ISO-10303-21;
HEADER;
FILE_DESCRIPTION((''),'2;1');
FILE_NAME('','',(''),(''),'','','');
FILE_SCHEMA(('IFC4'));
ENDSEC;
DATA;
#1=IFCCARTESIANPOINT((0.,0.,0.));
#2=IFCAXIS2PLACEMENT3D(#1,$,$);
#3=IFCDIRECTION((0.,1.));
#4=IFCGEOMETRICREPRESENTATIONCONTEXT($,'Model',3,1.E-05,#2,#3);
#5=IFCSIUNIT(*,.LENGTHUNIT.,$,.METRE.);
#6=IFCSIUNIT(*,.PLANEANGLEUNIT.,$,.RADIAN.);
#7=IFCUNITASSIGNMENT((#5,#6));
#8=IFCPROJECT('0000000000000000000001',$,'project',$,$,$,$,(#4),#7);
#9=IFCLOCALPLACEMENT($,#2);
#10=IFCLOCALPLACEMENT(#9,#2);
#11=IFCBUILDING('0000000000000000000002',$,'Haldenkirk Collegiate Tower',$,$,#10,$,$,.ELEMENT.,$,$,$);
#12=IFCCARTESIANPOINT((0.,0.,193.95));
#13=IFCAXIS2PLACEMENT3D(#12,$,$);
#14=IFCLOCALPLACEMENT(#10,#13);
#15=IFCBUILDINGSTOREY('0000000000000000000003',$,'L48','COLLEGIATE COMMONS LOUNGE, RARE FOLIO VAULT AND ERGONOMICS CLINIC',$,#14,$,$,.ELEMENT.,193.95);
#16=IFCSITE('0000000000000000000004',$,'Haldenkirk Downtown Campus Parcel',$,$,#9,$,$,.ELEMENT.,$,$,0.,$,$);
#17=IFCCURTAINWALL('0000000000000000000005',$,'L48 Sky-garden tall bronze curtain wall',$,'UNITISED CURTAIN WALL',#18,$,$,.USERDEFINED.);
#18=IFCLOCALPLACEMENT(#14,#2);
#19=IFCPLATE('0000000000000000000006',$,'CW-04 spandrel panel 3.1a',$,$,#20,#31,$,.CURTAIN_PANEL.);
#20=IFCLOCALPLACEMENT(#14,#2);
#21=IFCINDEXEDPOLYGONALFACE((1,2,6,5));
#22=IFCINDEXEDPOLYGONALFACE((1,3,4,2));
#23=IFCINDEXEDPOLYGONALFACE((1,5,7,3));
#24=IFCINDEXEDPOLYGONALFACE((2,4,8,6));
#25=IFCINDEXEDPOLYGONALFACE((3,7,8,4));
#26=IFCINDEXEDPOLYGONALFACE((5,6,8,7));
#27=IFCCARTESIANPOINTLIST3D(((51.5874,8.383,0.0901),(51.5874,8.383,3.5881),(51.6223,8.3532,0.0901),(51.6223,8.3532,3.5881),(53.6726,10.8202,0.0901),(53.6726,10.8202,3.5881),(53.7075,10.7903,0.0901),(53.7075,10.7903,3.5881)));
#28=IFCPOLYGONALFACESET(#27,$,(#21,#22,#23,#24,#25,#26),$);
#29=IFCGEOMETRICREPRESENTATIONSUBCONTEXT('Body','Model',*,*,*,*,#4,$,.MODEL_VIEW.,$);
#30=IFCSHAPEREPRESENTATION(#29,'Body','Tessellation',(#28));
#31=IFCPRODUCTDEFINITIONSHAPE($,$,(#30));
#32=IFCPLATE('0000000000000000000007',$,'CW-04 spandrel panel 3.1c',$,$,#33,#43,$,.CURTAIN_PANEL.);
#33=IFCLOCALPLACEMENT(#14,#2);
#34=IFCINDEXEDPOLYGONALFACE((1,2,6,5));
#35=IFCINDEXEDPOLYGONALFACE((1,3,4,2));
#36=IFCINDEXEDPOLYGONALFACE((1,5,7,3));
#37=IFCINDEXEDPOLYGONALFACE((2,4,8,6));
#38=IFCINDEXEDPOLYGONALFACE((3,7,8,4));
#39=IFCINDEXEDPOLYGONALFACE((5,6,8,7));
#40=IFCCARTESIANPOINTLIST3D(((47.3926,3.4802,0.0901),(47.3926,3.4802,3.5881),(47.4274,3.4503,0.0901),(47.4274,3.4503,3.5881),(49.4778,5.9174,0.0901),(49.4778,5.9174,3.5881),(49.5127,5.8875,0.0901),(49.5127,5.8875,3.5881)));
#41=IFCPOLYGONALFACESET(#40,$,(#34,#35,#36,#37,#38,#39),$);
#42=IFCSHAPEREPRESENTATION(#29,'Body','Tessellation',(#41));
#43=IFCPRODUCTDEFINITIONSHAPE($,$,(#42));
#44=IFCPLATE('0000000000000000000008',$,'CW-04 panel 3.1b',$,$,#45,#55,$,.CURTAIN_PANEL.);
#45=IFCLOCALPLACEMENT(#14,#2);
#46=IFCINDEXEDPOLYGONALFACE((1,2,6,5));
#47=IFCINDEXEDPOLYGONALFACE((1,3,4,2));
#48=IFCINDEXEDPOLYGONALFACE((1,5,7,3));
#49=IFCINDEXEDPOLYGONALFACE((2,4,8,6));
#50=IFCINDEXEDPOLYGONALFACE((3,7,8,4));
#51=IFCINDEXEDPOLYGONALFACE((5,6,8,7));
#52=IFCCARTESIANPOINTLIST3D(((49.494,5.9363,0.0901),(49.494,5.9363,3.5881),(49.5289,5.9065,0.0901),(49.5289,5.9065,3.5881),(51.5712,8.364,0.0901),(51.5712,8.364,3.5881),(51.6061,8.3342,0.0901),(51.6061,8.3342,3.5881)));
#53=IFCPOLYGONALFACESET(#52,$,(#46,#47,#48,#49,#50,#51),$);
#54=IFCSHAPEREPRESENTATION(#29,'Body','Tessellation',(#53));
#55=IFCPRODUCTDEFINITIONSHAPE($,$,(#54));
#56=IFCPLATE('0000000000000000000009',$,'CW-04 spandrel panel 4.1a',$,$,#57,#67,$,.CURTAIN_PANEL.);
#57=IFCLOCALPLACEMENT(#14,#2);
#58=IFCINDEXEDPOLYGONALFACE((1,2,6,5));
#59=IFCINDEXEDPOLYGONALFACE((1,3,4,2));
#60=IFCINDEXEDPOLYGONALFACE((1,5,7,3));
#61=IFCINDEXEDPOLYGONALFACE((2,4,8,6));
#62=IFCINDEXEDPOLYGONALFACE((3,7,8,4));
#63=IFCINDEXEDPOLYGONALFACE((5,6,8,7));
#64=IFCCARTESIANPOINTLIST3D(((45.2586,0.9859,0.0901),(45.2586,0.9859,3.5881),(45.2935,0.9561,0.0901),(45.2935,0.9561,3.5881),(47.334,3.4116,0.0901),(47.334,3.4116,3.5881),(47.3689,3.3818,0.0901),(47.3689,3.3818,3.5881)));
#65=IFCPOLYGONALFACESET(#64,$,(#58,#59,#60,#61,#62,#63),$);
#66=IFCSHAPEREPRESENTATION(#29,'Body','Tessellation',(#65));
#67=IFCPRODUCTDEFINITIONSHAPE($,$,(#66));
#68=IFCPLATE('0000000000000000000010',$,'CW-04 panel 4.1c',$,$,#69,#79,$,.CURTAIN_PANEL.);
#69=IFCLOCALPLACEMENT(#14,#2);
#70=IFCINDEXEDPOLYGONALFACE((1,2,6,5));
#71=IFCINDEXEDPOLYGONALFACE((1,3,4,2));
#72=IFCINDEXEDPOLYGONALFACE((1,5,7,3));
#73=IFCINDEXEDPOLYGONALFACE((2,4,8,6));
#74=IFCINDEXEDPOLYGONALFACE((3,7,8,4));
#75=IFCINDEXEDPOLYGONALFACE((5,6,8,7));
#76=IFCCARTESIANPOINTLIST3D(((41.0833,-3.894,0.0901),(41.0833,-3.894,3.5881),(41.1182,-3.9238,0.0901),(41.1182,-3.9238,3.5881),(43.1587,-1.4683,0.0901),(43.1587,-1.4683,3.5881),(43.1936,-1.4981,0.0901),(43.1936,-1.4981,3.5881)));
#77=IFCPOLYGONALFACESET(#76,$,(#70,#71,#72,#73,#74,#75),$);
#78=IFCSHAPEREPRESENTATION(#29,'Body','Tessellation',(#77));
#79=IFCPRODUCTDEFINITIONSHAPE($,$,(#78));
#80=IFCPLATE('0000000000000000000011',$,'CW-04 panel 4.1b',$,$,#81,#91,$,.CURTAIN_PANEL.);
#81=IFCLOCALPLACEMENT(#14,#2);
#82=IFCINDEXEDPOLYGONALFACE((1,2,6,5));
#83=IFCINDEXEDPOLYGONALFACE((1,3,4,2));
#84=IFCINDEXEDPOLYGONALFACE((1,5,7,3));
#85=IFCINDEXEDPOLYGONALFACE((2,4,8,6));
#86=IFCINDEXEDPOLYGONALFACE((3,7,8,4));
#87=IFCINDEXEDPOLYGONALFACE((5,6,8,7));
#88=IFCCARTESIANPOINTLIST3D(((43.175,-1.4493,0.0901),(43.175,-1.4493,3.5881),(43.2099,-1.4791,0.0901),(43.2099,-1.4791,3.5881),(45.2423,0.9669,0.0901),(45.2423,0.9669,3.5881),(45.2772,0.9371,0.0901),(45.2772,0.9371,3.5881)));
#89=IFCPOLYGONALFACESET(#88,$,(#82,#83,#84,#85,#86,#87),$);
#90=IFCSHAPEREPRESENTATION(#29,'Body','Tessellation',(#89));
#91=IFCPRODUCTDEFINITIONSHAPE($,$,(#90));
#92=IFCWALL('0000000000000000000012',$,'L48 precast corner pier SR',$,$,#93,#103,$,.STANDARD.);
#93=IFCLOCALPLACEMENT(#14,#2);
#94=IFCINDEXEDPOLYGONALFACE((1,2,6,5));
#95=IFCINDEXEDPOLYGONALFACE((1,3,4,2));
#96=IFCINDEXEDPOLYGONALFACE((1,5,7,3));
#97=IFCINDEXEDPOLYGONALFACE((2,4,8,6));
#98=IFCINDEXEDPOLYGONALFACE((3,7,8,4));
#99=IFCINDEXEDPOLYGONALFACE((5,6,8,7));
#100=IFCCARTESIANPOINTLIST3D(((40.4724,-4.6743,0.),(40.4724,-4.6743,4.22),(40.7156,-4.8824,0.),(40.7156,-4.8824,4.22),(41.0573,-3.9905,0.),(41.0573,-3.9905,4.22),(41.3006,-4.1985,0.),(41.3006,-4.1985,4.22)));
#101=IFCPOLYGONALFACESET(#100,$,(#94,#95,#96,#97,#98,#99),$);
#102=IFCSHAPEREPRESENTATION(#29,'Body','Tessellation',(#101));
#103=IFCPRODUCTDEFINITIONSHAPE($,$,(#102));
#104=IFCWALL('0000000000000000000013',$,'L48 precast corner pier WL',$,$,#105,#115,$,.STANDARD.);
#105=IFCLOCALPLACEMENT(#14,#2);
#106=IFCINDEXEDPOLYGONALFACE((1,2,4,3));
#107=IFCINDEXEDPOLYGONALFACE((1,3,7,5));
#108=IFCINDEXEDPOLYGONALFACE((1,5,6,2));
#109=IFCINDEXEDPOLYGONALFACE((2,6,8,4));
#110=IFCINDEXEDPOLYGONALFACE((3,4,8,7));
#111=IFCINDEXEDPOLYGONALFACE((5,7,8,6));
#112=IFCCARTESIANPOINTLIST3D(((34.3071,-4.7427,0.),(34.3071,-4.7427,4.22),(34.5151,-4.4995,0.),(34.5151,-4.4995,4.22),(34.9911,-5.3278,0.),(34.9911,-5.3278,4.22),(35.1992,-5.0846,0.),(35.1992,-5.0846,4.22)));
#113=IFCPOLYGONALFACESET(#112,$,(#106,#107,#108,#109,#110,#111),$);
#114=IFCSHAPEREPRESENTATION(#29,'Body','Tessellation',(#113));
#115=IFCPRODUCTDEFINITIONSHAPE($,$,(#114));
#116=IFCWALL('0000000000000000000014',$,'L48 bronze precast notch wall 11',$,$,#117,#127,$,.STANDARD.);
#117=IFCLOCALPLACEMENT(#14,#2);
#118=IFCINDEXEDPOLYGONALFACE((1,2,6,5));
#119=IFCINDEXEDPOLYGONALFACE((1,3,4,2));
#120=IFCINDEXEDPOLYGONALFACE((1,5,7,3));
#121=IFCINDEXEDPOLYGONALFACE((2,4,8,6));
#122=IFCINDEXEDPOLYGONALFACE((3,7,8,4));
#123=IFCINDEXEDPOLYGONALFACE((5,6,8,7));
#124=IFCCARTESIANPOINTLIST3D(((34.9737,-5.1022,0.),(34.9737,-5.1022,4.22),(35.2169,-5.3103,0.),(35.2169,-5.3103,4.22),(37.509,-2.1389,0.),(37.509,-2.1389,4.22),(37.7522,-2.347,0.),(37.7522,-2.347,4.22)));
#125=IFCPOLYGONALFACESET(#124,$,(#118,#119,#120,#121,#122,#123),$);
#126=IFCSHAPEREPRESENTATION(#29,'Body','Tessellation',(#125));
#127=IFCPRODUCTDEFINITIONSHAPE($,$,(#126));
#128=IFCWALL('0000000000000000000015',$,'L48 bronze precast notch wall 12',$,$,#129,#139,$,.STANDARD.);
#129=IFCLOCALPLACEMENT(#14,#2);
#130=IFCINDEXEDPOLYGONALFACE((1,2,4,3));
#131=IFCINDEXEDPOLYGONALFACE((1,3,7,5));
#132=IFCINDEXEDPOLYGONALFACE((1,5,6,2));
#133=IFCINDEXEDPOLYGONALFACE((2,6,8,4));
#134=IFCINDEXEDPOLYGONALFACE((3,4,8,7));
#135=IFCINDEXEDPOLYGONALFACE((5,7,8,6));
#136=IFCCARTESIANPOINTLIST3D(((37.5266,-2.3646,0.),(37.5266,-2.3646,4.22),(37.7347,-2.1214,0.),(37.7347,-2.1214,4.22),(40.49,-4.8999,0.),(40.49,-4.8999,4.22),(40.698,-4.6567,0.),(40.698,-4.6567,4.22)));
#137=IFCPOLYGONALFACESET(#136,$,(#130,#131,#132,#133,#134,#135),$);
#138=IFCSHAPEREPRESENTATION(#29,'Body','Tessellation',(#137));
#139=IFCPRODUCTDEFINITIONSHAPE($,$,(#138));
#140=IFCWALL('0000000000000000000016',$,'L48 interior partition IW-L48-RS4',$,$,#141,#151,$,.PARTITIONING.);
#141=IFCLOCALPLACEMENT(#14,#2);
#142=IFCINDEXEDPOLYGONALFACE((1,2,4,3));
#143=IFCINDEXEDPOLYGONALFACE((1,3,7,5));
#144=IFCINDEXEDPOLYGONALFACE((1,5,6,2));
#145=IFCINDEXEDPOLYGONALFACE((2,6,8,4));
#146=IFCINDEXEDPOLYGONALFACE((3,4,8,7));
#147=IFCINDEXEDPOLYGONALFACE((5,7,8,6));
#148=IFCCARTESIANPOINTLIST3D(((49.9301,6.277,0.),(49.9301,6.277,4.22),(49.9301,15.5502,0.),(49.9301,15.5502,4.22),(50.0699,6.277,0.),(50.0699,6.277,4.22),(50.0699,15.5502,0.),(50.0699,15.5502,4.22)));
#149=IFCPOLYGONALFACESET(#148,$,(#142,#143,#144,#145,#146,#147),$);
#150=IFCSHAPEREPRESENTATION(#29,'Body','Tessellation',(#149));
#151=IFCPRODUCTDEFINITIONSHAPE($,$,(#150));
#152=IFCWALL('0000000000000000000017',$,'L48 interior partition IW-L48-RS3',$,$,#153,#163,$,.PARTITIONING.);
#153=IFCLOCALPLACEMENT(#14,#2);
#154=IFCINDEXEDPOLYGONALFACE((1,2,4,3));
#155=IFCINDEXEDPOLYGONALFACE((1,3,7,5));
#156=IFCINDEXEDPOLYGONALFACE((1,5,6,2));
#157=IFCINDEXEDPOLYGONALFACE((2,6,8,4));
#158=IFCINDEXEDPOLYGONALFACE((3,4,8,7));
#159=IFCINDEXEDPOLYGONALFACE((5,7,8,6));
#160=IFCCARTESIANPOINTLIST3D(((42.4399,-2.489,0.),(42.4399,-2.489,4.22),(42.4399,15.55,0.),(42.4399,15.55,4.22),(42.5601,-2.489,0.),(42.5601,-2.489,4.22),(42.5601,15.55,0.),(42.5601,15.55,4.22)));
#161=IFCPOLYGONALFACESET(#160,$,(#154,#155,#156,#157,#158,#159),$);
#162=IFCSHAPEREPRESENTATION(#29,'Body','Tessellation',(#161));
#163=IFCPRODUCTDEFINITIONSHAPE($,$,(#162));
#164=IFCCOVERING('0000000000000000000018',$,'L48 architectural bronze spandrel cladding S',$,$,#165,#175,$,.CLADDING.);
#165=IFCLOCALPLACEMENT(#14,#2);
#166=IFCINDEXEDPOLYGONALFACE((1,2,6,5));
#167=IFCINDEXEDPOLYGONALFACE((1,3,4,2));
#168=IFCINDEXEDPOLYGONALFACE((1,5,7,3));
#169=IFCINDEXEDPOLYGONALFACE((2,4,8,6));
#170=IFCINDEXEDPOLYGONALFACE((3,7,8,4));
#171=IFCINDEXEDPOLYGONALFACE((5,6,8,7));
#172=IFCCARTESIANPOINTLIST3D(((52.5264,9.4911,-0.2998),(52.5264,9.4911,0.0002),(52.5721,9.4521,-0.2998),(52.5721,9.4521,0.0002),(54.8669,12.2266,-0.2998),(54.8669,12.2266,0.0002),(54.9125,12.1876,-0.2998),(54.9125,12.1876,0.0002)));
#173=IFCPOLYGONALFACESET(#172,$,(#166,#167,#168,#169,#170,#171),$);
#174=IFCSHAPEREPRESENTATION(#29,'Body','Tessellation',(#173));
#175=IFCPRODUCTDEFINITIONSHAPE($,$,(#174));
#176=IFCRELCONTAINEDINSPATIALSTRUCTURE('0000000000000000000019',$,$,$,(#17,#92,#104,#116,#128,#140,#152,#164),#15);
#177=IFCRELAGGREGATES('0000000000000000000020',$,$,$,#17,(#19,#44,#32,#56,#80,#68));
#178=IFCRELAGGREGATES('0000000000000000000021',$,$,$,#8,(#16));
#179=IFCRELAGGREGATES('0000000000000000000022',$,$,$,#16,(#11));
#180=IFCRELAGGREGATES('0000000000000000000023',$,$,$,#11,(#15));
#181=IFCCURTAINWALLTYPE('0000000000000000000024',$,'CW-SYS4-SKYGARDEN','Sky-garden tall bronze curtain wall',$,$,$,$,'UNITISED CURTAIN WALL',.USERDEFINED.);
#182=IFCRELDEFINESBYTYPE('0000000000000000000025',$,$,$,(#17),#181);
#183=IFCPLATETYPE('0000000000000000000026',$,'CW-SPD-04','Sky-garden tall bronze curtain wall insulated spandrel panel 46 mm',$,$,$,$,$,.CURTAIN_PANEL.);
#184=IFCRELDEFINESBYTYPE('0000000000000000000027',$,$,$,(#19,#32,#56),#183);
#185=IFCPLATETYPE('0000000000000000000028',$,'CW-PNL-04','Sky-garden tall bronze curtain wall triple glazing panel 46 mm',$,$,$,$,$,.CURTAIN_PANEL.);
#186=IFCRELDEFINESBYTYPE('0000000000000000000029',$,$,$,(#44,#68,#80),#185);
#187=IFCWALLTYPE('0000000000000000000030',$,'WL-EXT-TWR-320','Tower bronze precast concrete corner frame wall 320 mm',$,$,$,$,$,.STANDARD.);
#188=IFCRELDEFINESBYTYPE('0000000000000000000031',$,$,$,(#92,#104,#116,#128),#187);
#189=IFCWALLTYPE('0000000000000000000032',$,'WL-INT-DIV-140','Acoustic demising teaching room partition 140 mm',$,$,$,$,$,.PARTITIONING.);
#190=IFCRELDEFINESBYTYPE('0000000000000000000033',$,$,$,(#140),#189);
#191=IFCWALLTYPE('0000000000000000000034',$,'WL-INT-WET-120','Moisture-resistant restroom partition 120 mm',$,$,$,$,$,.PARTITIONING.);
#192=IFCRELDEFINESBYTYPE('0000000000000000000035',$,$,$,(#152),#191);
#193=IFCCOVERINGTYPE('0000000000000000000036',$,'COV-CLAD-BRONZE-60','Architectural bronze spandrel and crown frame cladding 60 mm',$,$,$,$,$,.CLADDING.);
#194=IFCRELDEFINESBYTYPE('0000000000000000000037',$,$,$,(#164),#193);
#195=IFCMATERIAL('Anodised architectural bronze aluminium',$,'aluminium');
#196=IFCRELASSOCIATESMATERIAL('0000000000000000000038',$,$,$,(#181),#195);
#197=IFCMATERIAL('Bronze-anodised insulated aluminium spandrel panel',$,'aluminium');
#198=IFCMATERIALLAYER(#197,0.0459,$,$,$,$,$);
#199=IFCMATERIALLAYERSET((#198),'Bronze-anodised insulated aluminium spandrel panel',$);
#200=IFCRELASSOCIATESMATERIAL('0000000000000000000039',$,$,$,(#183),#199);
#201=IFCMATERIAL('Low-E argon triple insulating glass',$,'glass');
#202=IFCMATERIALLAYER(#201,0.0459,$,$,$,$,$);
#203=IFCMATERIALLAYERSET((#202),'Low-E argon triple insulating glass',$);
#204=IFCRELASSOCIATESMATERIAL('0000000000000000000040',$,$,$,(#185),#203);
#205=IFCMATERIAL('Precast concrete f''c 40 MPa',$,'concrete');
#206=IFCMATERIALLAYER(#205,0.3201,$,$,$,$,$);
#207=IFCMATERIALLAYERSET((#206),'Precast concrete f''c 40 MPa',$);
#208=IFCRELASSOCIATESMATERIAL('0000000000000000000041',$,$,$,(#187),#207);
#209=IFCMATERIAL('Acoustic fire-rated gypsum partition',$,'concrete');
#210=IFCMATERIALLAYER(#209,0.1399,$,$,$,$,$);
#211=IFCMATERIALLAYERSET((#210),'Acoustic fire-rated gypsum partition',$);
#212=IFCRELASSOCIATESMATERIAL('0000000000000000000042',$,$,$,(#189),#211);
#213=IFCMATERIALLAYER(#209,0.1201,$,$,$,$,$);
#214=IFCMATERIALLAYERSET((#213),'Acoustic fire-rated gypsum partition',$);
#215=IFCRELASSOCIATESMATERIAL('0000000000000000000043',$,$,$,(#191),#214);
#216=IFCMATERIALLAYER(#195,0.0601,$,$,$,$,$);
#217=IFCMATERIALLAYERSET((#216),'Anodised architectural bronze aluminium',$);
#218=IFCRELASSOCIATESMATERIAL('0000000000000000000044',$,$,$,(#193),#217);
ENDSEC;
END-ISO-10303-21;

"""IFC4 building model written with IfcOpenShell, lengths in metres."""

from ifc_helpers import new_model, si_unit, direction, frame, frame_2d, origin, origin_2d, place, context, subcontext, project, spatial, rectangle, extrude, source, transform, mapped, material, layer, layer_set, type_object, element, aggregate, save


model = new_model("IFC4")

# Units and contexts
model_context = context("Model", 3, precision=1e-05, world=origin(), true_north=direction((0.0, 1.0)))
body_context = subcontext(model_context, "Body", "Model", "MODEL_VIEW")
ifc_project = project(units=[si_unit("LENGTHUNIT", "METRE"), si_unit("PLANEANGLEUNIT", "RADIAN")], contexts=[model_context])

# Site, building, storey
site_placement = place(None, origin())
site = spatial("IfcSite", under=ifc_project, at=site_placement, Name="Haldenkirk Downtown Campus Parcel", CompositionType="ELEMENT", RefElevation=0.0)
building_placement = place(site_placement, origin())
building = spatial("IfcBuilding", under=site, at=building_placement, Name="Haldenkirk Collegiate Tower", CompositionType="ELEMENT")
storey_placement = place(building_placement, frame((0.0, 0.0, 193.95)))
storey = spatial("IfcBuildingStorey", under=building, at=storey_placement, Name="L48", Description="COLLEGIATE COMMONS LOUNGE, RARE FOLIO VAULT AND ERGONOMICS CLINIC", CompositionType="ELEMENT", Elevation=193.95)

# Curtain wall
ifc_material_1 = material(Name="Anodised architectural bronze aluminium", Category="aluminium")
curtain_wall_type = type_object("IfcCurtainWallType", Name="CW-SYS4-SKYGARDEN", Description="Sky-garden tall bronze curtain wall", ElementType="UNITISED CURTAIN WALL", PredefinedType="USERDEFINED", material=ifc_material_1)
curtain_wall_1_placement = place(storey_placement, origin())
curtain_wall_1 = element("IfcCurtainWall", 1, at=curtain_wall_1_placement, inside=storey, type_object=curtain_wall_type, Name="L48 Sky-garden tall bronze curtain wall", ObjectType="UNITISED CURTAIN WALL", PredefinedType="USERDEFINED")

# Plates
ifc_material_2 = material(Name="Bronze-anodised insulated aluminium spandrel panel", Category="aluminium")
ifc_layer_1 = layer(ifc_material_2, 0.0459)
ifc_layer_set_1 = layer_set([ifc_layer_1], Name="Bronze-anodised insulated aluminium spandrel panel")
plate_type_1 = type_object("IfcPlateType", Name="CW-SPD-04", Description="Sky-garden tall bronze curtain wall insulated spandrel panel 46 mm", PredefinedType="CURTAIN_PANEL", material=ifc_layer_set_1)
shared_shape_1 = source(origin(), body_context, "Body", "SweptSolid", [
    extrude(rectangle(XDim=3.2075, YDim=0.0459, at=origin_2d()), origin(), (0.0, 0.0, 1.0), 3.498),
])
plate_1_placement = place(storey_placement, frame((52.6475, 9.5867, 0.0901), z_axis=(0.0, 0.0, 1.0), x_axis=(-0.650114, -0.759837, 0.0)))
plate_1 = element("IfcPlate", 2, at=plate_1_placement, type_object=plate_type_1, Name="CW-04 spandrel panel 3.1a", PredefinedType="CURTAIN_PANEL", context=body_context, shape_type="MappedRepresentation", body=[
    mapped(shared_shape_1, transform((0.0, 0.0, 0.0), x_axis=(1.0, 0.0, 0.0), y_axis=(0.0, 1.0, 0.0), z_axis=(0.0, 0.0, 1.0), scale=1.0)),
])
plate_2_placement = place(storey_placement, frame((48.4526, 4.6838, 0.0901), z_axis=(0.0, 0.0, 1.0), x_axis=(-0.650114, -0.759837, 0.0)))
plate_2 = element("IfcPlate", 3, at=plate_2_placement, type_object=plate_type_1, Name="CW-04 spandrel panel 3.1c", PredefinedType="CURTAIN_PANEL", context=body_context, shape_type="MappedRepresentation", body=[
    mapped(shared_shape_1, transform((0.0, 0.0, 0.0), x_axis=(1.0, 0.0, 0.0), y_axis=(0.0, 1.0, 0.0), z_axis=(0.0, 0.0, 1.0), scale=1.0)),
])
ifc_material_3 = material(Name="Low-E argon triple insulating glass", Category="glass")
ifc_layer_2 = layer(ifc_material_3, 0.0459)
ifc_layer_set_2 = layer_set([ifc_layer_2], Name="Low-E argon triple insulating glass")
plate_type_2 = type_object("IfcPlateType", Name="CW-PNL-04", Description="Sky-garden tall bronze curtain wall triple glazing panel 46 mm", PredefinedType="CURTAIN_PANEL", material=ifc_layer_set_2)
shared_shape_2 = source(origin(), body_context, "Body", "SweptSolid", [
    extrude(rectangle(XDim=3.1951, YDim=0.0459, at=origin_2d()), origin(), (0.0, 0.0, 1.0), 3.498),
])
plate_3_placement = place(storey_placement, frame((50.55, 7.1353, 0.0901), z_axis=(0.0, 0.0, 1.0), x_axis=(-0.650114, -0.759837, 0.0)))
plate_3 = element("IfcPlate", 4, at=plate_3_placement, type_object=plate_type_2, Name="CW-04 panel 3.1b", PredefinedType="CURTAIN_PANEL", context=body_context, shape_type="MappedRepresentation", body=[
    mapped(shared_shape_2, transform((0.0, 0.0, 0.0), x_axis=(1.0, 0.0, 0.0), y_axis=(0.0, 1.0, 0.0), z_axis=(0.0, 0.0, 1.0), scale=1.0)),
])
shared_shape_3 = source(origin(), body_context, "Body", "SweptSolid", [
    extrude(rectangle(XDim=3.1924, YDim=0.0459, at=origin_2d()), origin(), (0.0, 0.0, 1.0), 3.498),
])
plate_4_placement = place(storey_placement, frame((46.3137, 2.1838, 0.0901), z_axis=(0.0, 0.0, 1.0), x_axis=(-0.650114, -0.759837, 0.0)))
plate_4 = element("IfcPlate", 5, at=plate_4_placement, type_object=plate_type_1, Name="CW-04 spandrel panel 4.1a", PredefinedType="CURTAIN_PANEL", context=body_context, shape_type="MappedRepresentation", body=[
    mapped(shared_shape_3, transform((0.0, 0.0, 0.0), x_axis=(1.0, 0.0, 0.0), y_axis=(0.0, 1.0, 0.0), z_axis=(0.0, 0.0, 1.0), scale=1.0)),
])
plate_5_placement = place(storey_placement, frame((42.1384, -2.696, 0.0901), z_axis=(0.0, 0.0, 1.0), x_axis=(-0.650114, -0.759837, 0.0)))
plate_5 = element("IfcPlate", 6, at=plate_5_placement, type_object=plate_type_2, Name="CW-04 panel 4.1c", PredefinedType="CURTAIN_PANEL", context=body_context, shape_type="MappedRepresentation", body=[
    mapped(shared_shape_3, transform((0.0, 0.0, 0.0), x_axis=(1.0, 0.0, 0.0), y_axis=(0.0, 1.0, 0.0), z_axis=(0.0, 0.0, 1.0), scale=1.0)),
])
shared_shape_4 = source(origin(), body_context, "Body", "SweptSolid", [
    extrude(rectangle(XDim=3.1799, YDim=0.0459, at=origin_2d()), origin(), (0.0, 0.0, 1.0), 3.498),
])
plate_6_placement = place(storey_placement, frame((44.2261, -0.2561, 0.0901), z_axis=(0.0, 0.0, 1.0), x_axis=(-0.650114, -0.759837, 0.0)))
plate_6 = element("IfcPlate", 7, at=plate_6_placement, type_object=plate_type_2, Name="CW-04 panel 4.1b", PredefinedType="CURTAIN_PANEL", context=body_context, shape_type="MappedRepresentation", body=[
    mapped(shared_shape_4, transform((0.0, 0.0, 0.0), x_axis=(1.0, 0.0, 0.0), y_axis=(0.0, 1.0, 0.0), z_axis=(0.0, 0.0, 1.0), scale=1.0)),
])
aggregate(curtain_wall_1, [plate_1, plate_3, plate_2, plate_4, plate_6, plate_5])

# Walls
ifc_material_4 = material(Name="Precast concrete f'c 40 MPa", Category="concrete")
ifc_layer_3 = layer(ifc_material_4, 0.3201)
ifc_layer_set_3 = layer_set([ifc_layer_3], Name="Precast concrete f'c 40 MPa")
wall_type_1 = type_object("IfcWallType", Name="WL-EXT-TWR-320", Description="Tower bronze precast concrete corner frame wall 320 mm", PredefinedType="STANDARD", material=ifc_layer_set_3)
wall_1_placement = place(storey_placement, frame((41.179, -4.0945, 0.0), z_axis=(0.0, 0.0, 1.0), x_axis=(-0.650031, -0.759907, 0.0)))
element("IfcWall", 8, at=wall_1_placement, inside=storey, type_object=wall_type_1, Name="L48 precast corner pier SR", PredefinedType="STANDARD", context=body_context, shape_type="SweptSolid", body=[
    extrude(rectangle(XDim=0.8999, YDim=0.3201, at=frame_2d((0.45, 0.0))), origin(), (0.0, 0.0, 1.0), 4.22),
])
wall_2_placement = place(storey_placement, frame((35.0952, -5.2063, 0.0), z_axis=(0.0, 0.0, 1.0), x_axis=(-0.759888, 0.650054, 0.0)))
element("IfcWall", 9, at=wall_2_placement, inside=storey, type_object=wall_type_1, Name="L48 precast corner pier WL", PredefinedType="STANDARD", context=body_context, shape_type="SweptSolid", body=[
    extrude(rectangle(XDim=0.9001, YDim=0.3201, at=frame_2d((0.4502, 0.0))), origin(), (0.0, 0.0, 1.0), 4.22),
])
for number, where, z_axis, x_axis, name in (
    (10, (37.6306, -2.2429, 0.0), (0.0, 0.0, 1.0), (-0.650105, -0.759844, 0.0), "L48 bronze precast notch wall 11"),
    (11, (40.594, -4.7783, 0.0), (0.0, 0.0, 1.0), (-0.759844, 0.650105, 0.0), "L48 bronze precast notch wall 12"),
):
    element("IfcWall", number, at=place(storey_placement, frame(where, z_axis=z_axis, x_axis=x_axis)), inside=storey, type_object=wall_type_1, Name=name, PredefinedType="STANDARD", context=body_context, shape_type="SweptSolid", body=[
        extrude(rectangle(XDim=3.8999, YDim=0.3201, at=frame_2d((1.95, 0.0))), origin(), (0.0, 0.0, 1.0), 4.22),
    ])
ifc_material_5 = material(Name="Acoustic fire-rated gypsum partition", Category="concrete")
ifc_layer_4 = layer(ifc_material_5, 0.1399)
ifc_layer_set_4 = layer_set([ifc_layer_4], Name="Acoustic fire-rated gypsum partition")
wall_type_2 = type_object("IfcWallType", Name="WL-INT-DIV-140", Description="Acoustic demising teaching room partition 140 mm", PredefinedType="PARTITIONING", material=ifc_layer_set_4)
wall_3_placement = place(storey_placement, frame((50.0, 6.2769, 0.0), z_axis=(0.0, 0.0, 1.0), x_axis=(0.0, 1.0, 0.0)))
element("IfcWall", 12, at=wall_3_placement, inside=storey, type_object=wall_type_2, Name="L48 interior partition IW-L48-RS4", PredefinedType="PARTITIONING", context=body_context, shape_type="SweptSolid", body=[
    extrude(rectangle(XDim=9.2732, YDim=0.1399, at=frame_2d((4.6367, 0.0))), origin(), (0.0, 0.0, 1.0), 4.22),
])
ifc_layer_5 = layer(ifc_material_5, 0.1201)
ifc_layer_set_5 = layer_set([ifc_layer_5], Name="Acoustic fire-rated gypsum partition")
wall_type_3 = type_object("IfcWallType", Name="WL-INT-WET-120", Description="Moisture-resistant restroom partition 120 mm", PredefinedType="PARTITIONING", material=ifc_layer_set_5)
wall_4_placement = place(storey_placement, frame((42.5, -2.489, 0.0), z_axis=(0.0, 0.0, 1.0), x_axis=(0.0, 1.0, 0.0)))
element("IfcWall", 13, at=wall_4_placement, inside=storey, type_object=wall_type_3, Name="L48 interior partition IW-L48-RS3", PredefinedType="PARTITIONING", context=body_context, shape_type="SweptSolid", body=[
    extrude(rectangle(XDim=18.0391, YDim=0.1201, at=frame_2d((9.0195, 0.0))), origin(), (0.0, 0.0, 1.0), 4.22),
])

# Covering
ifc_layer_6 = layer(ifc_material_1, 0.0601)
ifc_layer_set_6 = layer_set([ifc_layer_6], Name="Anodised architectural bronze aluminium")
covering_type = type_object("IfcCoveringType", Name="COV-CLAD-BRONZE-60", Description="Architectural bronze spandrel and crown frame cladding 60 mm", PredefinedType="CLADDING", material=ifc_layer_set_6)
shared_shape_5 = source(origin(), body_context, "Body", "SweptSolid", [
    extrude(rectangle(XDim=3.6001, YDim=0.0601, at=origin_2d()), origin(), (0.0, 0.0, 1.0), 0.3),
])
covering_placement = place(storey_placement, frame((53.7195, 10.8394, -0.2998), z_axis=(0.0, 0.0, 1.0), x_axis=(-0.650111, -0.759839, 0.0)))
element("IfcCovering", 14, at=covering_placement, inside=storey, type_object=covering_type, Name="L48 architectural bronze spandrel cladding S", PredefinedType="CLADDING", context=body_context, shape_type="MappedRepresentation", body=[
    mapped(shared_shape_5, transform((0.0, 0.0, 0.0), x_axis=(1.0, 0.0, 0.0), y_axis=(0.0, 1.0, 0.0), z_axis=(0.0, 0.0, 1.0), scale=1.0)),
])

save(model, "model.ifc")
